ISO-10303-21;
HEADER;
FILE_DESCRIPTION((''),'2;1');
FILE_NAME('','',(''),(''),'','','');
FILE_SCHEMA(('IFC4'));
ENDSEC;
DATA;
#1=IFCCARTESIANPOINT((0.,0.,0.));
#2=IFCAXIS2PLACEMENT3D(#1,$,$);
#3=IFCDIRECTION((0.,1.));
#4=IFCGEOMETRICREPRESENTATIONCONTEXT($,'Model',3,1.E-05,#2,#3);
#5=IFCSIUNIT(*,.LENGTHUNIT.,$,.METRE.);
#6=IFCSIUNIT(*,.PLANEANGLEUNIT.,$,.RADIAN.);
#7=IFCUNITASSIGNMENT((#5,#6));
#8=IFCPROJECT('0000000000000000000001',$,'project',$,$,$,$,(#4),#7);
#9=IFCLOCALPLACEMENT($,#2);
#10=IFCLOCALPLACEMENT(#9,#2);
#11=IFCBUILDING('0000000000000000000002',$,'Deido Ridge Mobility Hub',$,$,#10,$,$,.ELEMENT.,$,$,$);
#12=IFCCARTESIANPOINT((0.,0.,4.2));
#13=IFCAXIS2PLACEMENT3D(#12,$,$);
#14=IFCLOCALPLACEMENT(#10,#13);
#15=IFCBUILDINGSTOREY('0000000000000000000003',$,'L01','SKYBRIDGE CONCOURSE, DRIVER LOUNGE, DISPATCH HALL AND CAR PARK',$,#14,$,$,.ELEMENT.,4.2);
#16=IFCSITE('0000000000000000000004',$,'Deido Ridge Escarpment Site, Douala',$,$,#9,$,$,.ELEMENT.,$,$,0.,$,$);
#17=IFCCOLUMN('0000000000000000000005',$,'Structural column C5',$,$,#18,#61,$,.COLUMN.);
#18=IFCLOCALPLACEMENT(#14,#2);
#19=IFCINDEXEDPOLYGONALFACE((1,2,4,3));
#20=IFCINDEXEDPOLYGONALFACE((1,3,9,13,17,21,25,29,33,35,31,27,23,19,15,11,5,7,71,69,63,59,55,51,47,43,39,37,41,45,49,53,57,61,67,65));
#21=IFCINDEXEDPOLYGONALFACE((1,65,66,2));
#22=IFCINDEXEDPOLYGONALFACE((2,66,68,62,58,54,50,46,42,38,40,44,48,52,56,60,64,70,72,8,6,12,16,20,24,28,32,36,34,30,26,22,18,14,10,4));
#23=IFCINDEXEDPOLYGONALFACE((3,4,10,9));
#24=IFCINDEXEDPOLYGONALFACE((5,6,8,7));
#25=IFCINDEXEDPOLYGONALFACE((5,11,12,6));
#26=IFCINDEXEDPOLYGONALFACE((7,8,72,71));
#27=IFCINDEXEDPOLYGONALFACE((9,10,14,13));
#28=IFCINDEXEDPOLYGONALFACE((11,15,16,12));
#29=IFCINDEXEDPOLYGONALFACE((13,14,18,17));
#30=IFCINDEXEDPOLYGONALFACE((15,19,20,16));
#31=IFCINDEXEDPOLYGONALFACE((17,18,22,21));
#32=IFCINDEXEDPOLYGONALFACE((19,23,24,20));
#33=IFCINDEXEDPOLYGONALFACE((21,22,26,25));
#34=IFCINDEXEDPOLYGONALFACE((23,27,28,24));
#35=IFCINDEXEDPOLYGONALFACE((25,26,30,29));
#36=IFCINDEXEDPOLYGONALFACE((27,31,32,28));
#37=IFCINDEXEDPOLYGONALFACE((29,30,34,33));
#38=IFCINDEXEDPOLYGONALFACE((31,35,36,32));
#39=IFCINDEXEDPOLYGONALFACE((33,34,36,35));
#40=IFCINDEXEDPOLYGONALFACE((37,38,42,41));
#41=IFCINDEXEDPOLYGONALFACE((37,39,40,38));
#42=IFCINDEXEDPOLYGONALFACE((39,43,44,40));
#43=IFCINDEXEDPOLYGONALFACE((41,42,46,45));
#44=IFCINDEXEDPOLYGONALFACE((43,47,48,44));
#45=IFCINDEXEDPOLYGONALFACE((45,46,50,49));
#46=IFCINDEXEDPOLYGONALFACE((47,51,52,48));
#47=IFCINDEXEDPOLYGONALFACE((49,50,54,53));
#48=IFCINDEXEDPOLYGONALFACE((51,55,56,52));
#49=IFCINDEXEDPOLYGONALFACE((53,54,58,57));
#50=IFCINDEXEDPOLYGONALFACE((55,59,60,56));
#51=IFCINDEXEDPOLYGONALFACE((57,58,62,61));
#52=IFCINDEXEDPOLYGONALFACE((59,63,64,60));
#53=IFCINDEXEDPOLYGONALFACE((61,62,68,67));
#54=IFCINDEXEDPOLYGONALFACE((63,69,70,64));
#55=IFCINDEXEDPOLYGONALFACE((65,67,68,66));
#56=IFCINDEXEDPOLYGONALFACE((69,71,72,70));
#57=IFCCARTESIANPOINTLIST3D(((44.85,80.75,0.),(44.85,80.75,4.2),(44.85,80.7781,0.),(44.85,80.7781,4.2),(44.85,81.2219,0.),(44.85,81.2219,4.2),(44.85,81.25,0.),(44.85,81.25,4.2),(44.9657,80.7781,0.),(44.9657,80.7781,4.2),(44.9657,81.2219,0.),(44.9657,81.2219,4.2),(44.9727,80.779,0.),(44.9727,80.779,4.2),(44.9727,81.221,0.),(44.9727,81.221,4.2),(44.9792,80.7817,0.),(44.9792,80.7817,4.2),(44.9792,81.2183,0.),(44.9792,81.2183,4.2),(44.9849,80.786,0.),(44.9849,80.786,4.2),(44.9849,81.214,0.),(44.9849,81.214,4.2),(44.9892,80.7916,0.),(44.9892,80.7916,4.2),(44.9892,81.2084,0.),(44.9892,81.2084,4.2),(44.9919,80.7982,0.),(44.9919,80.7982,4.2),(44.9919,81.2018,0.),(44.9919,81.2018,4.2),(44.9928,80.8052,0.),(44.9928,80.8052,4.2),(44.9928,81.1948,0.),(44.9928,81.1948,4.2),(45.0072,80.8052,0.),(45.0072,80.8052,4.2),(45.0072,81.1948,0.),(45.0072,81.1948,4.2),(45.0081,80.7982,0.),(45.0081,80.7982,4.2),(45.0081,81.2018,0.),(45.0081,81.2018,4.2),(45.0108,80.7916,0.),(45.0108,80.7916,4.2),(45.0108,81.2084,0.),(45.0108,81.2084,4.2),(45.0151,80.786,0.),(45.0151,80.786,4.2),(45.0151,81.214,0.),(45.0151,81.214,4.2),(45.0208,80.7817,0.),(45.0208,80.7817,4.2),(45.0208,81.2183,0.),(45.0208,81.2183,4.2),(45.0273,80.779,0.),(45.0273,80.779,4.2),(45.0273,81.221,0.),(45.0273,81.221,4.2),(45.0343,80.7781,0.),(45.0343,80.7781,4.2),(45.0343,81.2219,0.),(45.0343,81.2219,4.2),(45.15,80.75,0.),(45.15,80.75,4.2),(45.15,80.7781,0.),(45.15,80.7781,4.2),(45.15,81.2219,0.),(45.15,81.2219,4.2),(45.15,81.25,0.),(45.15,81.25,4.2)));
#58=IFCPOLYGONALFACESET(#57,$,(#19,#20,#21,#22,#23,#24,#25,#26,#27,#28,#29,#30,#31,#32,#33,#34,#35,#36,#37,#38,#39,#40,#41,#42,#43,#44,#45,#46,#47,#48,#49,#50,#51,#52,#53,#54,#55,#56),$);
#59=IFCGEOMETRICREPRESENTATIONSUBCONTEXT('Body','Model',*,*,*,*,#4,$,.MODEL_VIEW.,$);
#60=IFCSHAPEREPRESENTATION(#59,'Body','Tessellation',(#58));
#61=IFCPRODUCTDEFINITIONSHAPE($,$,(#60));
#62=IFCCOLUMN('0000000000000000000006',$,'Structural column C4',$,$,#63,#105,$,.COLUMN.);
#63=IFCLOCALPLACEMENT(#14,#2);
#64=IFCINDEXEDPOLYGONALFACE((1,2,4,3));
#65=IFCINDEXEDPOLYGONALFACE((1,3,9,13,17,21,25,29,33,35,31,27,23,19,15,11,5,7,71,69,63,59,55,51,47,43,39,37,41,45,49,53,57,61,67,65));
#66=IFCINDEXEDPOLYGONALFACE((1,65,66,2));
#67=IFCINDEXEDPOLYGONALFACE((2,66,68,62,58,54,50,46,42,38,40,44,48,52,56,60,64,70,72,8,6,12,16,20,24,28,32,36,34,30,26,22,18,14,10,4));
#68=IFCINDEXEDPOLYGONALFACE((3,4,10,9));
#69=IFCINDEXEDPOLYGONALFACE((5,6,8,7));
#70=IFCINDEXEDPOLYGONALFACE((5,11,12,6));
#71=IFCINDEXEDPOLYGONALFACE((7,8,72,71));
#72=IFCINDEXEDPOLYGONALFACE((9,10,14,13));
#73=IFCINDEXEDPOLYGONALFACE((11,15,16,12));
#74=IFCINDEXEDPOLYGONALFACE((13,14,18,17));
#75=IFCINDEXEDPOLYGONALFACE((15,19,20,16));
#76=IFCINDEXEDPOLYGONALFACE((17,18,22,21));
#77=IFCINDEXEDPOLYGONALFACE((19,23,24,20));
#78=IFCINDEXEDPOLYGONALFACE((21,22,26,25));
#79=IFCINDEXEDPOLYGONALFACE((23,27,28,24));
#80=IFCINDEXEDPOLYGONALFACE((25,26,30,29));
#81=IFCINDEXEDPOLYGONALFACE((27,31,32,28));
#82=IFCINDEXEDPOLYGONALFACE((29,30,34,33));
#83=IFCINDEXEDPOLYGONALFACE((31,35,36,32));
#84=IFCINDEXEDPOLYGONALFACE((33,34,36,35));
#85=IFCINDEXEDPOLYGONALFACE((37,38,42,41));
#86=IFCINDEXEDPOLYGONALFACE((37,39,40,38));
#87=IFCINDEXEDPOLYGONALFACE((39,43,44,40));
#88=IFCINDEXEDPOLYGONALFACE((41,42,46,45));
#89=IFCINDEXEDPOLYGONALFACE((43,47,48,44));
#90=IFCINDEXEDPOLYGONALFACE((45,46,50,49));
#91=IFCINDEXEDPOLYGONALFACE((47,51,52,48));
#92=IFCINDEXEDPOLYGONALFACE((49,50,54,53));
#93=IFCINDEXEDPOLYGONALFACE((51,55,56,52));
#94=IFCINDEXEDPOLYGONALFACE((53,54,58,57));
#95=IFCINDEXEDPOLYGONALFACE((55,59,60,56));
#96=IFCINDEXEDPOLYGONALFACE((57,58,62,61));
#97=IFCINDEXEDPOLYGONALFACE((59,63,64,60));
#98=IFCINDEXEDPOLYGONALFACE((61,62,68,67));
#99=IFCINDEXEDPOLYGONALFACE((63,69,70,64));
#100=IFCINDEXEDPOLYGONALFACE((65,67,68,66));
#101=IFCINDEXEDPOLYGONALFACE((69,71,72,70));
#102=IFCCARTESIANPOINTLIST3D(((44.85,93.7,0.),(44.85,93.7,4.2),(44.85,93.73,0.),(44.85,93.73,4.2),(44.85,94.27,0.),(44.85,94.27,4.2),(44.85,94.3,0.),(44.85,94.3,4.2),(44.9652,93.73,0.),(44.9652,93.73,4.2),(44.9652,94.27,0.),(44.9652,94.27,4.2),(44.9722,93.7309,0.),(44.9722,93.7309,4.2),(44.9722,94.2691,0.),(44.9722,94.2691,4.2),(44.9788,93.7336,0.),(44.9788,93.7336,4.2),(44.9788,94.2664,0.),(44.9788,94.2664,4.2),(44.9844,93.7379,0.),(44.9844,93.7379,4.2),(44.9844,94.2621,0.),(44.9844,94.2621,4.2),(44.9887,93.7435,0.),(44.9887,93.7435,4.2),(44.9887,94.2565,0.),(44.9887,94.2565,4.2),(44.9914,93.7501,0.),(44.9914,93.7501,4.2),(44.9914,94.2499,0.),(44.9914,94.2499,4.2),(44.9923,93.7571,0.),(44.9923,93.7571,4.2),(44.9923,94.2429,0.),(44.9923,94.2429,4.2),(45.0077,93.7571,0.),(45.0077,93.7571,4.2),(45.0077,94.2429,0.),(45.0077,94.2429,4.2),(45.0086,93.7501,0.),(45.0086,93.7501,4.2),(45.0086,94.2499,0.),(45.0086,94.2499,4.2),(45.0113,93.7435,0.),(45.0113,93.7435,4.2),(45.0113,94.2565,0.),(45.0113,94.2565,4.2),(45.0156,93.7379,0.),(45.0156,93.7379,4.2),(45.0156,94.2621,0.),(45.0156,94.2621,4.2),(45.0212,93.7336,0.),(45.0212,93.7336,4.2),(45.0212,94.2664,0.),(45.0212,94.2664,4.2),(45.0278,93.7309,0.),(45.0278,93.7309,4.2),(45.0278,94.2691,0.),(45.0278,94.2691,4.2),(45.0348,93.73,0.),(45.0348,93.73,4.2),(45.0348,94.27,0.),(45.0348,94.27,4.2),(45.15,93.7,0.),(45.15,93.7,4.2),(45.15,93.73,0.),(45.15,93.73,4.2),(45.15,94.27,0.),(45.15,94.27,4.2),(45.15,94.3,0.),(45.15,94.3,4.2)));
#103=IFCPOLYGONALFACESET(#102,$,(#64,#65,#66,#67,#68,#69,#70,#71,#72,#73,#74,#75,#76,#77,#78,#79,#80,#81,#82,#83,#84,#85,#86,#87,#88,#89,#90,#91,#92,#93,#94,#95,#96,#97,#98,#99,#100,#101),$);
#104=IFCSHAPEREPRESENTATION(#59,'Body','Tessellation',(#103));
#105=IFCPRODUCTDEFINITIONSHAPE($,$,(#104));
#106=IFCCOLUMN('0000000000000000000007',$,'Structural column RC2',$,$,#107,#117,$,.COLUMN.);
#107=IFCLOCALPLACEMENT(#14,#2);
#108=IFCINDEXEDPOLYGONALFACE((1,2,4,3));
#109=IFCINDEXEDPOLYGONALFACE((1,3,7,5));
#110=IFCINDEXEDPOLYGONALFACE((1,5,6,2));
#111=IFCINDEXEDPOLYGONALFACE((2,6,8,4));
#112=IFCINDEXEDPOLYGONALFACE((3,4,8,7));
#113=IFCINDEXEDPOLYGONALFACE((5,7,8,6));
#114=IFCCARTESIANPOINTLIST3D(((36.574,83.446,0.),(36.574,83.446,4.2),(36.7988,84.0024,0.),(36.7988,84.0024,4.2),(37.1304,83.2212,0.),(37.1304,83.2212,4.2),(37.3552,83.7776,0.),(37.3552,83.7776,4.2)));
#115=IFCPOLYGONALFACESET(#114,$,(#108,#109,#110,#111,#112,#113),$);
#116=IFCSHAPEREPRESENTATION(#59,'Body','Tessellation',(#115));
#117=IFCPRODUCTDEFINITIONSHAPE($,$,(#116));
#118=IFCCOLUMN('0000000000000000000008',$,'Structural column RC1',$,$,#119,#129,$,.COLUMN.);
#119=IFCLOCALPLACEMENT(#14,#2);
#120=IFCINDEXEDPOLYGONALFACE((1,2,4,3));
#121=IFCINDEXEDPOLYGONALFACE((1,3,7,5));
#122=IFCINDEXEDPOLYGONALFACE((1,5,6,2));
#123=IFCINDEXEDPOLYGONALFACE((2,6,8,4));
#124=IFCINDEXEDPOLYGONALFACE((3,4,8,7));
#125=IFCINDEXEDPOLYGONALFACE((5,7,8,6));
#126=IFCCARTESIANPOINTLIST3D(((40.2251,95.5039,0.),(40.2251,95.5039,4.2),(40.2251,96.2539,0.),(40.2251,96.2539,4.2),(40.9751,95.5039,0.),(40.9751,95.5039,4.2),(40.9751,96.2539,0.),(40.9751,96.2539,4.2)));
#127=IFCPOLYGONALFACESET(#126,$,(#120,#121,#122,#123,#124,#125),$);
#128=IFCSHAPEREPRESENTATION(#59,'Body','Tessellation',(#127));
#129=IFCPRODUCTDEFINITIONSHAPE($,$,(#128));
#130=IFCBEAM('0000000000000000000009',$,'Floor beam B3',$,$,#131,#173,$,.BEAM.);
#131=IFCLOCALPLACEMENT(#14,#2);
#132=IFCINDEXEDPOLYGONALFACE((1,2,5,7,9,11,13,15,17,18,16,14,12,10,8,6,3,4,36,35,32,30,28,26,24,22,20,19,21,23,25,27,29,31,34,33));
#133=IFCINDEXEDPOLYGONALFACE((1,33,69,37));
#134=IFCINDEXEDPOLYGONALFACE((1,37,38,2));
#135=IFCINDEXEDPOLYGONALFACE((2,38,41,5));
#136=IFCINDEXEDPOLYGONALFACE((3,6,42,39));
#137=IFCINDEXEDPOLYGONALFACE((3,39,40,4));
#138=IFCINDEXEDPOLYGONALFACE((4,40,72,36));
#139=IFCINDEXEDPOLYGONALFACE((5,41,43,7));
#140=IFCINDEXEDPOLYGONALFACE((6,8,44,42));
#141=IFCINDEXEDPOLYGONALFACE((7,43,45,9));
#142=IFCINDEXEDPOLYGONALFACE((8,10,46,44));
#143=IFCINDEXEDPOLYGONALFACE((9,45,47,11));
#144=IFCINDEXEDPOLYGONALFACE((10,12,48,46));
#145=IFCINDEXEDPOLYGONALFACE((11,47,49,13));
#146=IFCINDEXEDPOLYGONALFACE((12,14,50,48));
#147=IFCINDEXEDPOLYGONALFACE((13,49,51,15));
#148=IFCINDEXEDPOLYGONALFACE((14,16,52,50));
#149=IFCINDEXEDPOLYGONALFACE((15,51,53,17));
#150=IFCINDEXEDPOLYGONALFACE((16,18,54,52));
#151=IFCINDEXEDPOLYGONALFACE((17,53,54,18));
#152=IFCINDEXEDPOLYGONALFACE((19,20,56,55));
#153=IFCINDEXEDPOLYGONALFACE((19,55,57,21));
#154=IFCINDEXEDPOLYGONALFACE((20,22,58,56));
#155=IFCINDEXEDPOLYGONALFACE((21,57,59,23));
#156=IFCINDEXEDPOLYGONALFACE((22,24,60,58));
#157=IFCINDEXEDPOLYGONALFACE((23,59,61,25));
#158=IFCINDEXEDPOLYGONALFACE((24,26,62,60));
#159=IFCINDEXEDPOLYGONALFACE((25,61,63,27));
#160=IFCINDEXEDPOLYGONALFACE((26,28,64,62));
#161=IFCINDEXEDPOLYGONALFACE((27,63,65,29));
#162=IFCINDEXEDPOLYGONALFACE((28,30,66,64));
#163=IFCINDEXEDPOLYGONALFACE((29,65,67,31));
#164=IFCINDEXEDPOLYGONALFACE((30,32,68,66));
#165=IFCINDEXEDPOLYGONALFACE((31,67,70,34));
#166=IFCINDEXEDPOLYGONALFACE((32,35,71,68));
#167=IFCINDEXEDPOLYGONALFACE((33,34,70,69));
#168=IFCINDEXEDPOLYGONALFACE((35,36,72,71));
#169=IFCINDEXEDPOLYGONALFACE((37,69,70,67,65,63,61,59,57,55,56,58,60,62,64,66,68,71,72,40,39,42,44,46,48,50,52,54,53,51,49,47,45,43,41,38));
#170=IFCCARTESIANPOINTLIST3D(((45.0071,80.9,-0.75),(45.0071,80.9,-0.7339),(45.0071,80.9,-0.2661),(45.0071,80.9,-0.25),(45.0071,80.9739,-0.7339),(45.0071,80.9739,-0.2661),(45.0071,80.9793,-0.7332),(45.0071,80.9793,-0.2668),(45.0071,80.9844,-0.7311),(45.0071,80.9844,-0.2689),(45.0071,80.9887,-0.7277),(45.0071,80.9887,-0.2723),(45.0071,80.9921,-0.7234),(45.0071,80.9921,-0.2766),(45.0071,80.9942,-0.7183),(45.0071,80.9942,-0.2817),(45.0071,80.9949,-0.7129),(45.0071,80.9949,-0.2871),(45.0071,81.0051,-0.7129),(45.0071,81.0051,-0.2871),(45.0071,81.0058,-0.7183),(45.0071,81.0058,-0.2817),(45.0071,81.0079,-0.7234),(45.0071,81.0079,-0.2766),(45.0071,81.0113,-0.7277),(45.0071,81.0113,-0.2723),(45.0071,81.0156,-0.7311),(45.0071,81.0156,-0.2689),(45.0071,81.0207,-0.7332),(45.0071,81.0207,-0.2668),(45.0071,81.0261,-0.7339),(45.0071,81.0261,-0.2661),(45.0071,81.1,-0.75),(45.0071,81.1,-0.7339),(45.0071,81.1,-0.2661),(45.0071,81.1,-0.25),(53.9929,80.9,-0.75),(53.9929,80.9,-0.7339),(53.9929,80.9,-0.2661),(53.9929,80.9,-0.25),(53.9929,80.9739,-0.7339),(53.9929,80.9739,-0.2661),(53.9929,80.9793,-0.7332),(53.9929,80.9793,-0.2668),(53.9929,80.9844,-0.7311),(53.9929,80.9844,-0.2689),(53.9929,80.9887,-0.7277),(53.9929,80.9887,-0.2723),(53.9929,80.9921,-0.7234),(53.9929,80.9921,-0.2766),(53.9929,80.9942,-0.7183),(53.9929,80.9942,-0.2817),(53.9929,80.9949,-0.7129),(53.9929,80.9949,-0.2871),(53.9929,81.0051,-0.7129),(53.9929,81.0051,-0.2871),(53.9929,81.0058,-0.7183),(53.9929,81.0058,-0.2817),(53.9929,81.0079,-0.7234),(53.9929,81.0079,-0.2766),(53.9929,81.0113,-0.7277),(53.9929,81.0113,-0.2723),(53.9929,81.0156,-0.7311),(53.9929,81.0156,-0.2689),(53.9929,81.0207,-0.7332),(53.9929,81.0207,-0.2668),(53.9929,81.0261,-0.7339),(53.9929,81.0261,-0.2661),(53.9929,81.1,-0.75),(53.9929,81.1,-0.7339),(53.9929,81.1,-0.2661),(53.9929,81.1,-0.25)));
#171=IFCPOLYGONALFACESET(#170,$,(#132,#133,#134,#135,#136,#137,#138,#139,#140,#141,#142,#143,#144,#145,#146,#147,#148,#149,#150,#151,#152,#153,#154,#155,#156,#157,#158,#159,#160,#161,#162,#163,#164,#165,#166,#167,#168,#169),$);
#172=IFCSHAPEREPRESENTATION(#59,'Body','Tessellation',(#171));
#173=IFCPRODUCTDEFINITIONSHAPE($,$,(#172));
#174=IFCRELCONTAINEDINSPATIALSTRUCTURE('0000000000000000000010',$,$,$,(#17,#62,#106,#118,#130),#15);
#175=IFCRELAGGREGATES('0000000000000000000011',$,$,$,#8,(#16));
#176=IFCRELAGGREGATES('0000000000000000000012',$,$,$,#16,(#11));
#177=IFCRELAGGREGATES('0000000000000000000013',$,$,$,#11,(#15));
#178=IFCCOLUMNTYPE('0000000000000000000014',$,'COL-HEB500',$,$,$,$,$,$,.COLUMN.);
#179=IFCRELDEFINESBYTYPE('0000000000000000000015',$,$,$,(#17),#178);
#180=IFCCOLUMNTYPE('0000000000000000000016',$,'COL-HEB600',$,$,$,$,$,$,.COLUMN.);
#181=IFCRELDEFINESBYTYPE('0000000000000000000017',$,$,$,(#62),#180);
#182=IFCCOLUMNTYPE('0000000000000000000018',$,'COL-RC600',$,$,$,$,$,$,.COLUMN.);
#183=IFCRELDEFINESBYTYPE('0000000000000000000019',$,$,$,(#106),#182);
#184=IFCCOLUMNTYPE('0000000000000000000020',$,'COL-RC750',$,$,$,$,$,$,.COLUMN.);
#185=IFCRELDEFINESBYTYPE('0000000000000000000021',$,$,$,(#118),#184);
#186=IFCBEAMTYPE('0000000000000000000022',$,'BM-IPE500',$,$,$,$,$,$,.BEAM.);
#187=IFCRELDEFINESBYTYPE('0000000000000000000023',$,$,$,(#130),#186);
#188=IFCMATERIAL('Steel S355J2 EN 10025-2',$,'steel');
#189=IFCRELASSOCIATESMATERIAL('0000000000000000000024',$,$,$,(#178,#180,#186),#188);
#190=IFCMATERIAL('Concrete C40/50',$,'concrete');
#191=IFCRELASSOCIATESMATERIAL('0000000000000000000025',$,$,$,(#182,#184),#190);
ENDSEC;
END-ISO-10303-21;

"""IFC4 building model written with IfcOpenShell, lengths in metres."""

from ifc_helpers import new_model, si_unit, direction, frame, origin, origin_2d, place, context, subcontext, project, spatial, rectangle, i_section, extrude, material, material_profile, profile_set, type_object, element, save


model = new_model("IFC4")

# Units and contexts
model_context = context("Model", 3, precision=1e-05, world=origin(), true_north=direction((0.0, 1.0)))
body_context = subcontext(model_context, "Body", "Model", "MODEL_VIEW")
ifc_project = project(units=[si_unit("LENGTHUNIT", "METRE"), si_unit("PLANEANGLEUNIT", "RADIAN")], contexts=[model_context])

# Site, building, storey
site_placement = place(None, origin())
site = spatial("IfcSite", under=ifc_project, at=site_placement, Name="Deido Ridge Escarpment Site, Douala", CompositionType="ELEMENT", RefElevation=0.0)
building_placement = place(site_placement, origin())
building = spatial("IfcBuilding", under=site, at=building_placement, Name="Deido Ridge Mobility Hub", CompositionType="ELEMENT")
storey_placement = place(building_placement, frame((0.0, 0.0, 4.2)))
storey = spatial("IfcBuildingStorey", under=building, at=storey_placement, Name="L01", Description="SKYBRIDGE CONCOURSE, DRIVER LOUNGE, DISPATCH HALL AND CAR PARK", CompositionType="ELEMENT", Elevation=4.2)

# Columns
ifc_material_1 = material(Name="Steel S355J2 EN 10025-2", Category="steel")
ifc_material_profile_1 = material_profile(ifc_material_1, i_section(OverallWidth=0.3, OverallDepth=0.5, WebThickness=0.0144, FlangeThickness=0.0281, FilletRadius=0.0271, at=origin_2d()), Name="HEB 500")
ifc_profile_set_1 = profile_set([ifc_material_profile_1], Name="Steel S355J2 EN 10025-2")
column_type_1 = type_object("IfcColumnType", Name="COL-HEB500", PredefinedType="COLUMN", material=ifc_profile_set_1)
column_1_placement = place(storey_placement, frame((45.0, 81.0, 0.0), z_axis=(0.0, 0.0, 1.0), x_axis=(1.0, 0.0, 0.0)))
element("IfcColumn", 1, at=column_1_placement, inside=storey, type_object=column_type_1, Name="Structural column C5", PredefinedType="COLUMN", context=body_context, shape_type="SweptSolid", body=[
    extrude(i_section(OverallWidth=0.3, OverallDepth=0.5, WebThickness=0.0144, FlangeThickness=0.0281, FilletRadius=0.0271, at=origin_2d()), origin(), (0.0, 0.0, 1.0), 4.2),
])
ifc_material_profile_2 = material_profile(ifc_material_1, i_section(OverallWidth=0.3, OverallDepth=0.6001, WebThickness=0.0154, FlangeThickness=0.03, FilletRadius=0.0271, at=origin_2d()), Name="HEB 600")
ifc_profile_set_2 = profile_set([ifc_material_profile_2], Name="Steel S355J2 EN 10025-2")
column_type_2 = type_object("IfcColumnType", Name="COL-HEB600", PredefinedType="COLUMN", material=ifc_profile_set_2)
column_2_placement = place(storey_placement, frame((45.0, 94.0, 0.0), z_axis=(0.0, 0.0, 1.0), x_axis=(1.0, 0.0, 0.0)))
element("IfcColumn", 2, at=column_2_placement, inside=storey, type_object=column_type_2, Name="Structural column C4", PredefinedType="COLUMN", context=body_context, shape_type="SweptSolid", body=[
    extrude(i_section(OverallWidth=0.3, OverallDepth=0.6001, WebThickness=0.0154, FlangeThickness=0.03, FilletRadius=0.0271, at=origin_2d()), origin(), (0.0, 0.0, 1.0), 4.2),
])
ifc_material_2 = material(Name="Concrete C40/50", Category="concrete")
ifc_material_profile_3 = material_profile(ifc_material_2, rectangle(XDim=0.6001, YDim=0.6001, at=origin_2d()), Name="RC COL 600x600")
ifc_profile_set_3 = profile_set([ifc_material_profile_3], Name="Concrete C40/50")
column_type_3 = type_object("IfcColumnType", Name="COL-RC600", PredefinedType="COLUMN", material=ifc_profile_set_3)
column_3_placement = place(storey_placement, frame((36.9646, 83.6118, 0.0), z_axis=(0.0, 0.0, 1.0), x_axis=(-0.374607, -0.927184, 0.0)))
element("IfcColumn", 3, at=column_3_placement, inside=storey, type_object=column_type_3, Name="Structural column RC2", PredefinedType="COLUMN", context=body_context, shape_type="SweptSolid", body=[
    extrude(rectangle(XDim=0.6001, YDim=0.6001, at=origin_2d()), origin(), (0.0, 0.0, 1.0), 4.2),
])
ifc_material_profile_4 = material_profile(ifc_material_2, rectangle(XDim=0.75, YDim=0.75, at=origin_2d()), Name="RC COL 750x750")
ifc_profile_set_4 = profile_set([ifc_material_profile_4], Name="Concrete C40/50")
column_type_4 = type_object("IfcColumnType", Name="COL-RC750", PredefinedType="COLUMN", material=ifc_profile_set_4)
column_4_placement = place(storey_placement, frame((40.6001, 95.8789, 0.0), z_axis=(0.0, 0.0, 1.0), x_axis=(1.0, 0.0, 0.0)))
element("IfcColumn", 4, at=column_4_placement, inside=storey, type_object=column_type_4, Name="Structural column RC1", PredefinedType="COLUMN", context=body_context, shape_type="SweptSolid", body=[
    extrude(rectangle(XDim=0.75, YDim=0.75, at=origin_2d()), origin(), (0.0, 0.0, 1.0), 4.2),
])

# Beam
ifc_material_profile_5 = material_profile(ifc_material_1, i_section(OverallWidth=0.2, OverallDepth=0.5, WebThickness=0.0103, FlangeThickness=0.0161, FilletRadius=0.021, at=origin_2d()), Name="IPE 500")
ifc_profile_set_5 = profile_set([ifc_material_profile_5], Name="Steel S355J2 EN 10025-2")
beam_type_1 = type_object("IfcBeamType", Name="BM-IPE500", PredefinedType="BEAM", material=ifc_profile_set_5)
beam_1_placement = place(storey_placement, frame((45.0071, 81.0, -0.5), z_axis=(1.0, 0.0, 0.0), x_axis=(0.0, 1.0, 0.0)))
element("IfcBeam", 5, at=beam_1_placement, inside=storey, type_object=beam_type_1, Name="Floor beam B3", PredefinedType="BEAM", context=body_context, shape_type="SweptSolid", body=[
    extrude(i_section(OverallWidth=0.2, OverallDepth=0.5, WebThickness=0.0103, FlangeThickness=0.0161, FilletRadius=0.021, at=origin_2d()), origin(), (0.0, 0.0, 1.0), 8.9858),
])

save(model, "model.ifc")
